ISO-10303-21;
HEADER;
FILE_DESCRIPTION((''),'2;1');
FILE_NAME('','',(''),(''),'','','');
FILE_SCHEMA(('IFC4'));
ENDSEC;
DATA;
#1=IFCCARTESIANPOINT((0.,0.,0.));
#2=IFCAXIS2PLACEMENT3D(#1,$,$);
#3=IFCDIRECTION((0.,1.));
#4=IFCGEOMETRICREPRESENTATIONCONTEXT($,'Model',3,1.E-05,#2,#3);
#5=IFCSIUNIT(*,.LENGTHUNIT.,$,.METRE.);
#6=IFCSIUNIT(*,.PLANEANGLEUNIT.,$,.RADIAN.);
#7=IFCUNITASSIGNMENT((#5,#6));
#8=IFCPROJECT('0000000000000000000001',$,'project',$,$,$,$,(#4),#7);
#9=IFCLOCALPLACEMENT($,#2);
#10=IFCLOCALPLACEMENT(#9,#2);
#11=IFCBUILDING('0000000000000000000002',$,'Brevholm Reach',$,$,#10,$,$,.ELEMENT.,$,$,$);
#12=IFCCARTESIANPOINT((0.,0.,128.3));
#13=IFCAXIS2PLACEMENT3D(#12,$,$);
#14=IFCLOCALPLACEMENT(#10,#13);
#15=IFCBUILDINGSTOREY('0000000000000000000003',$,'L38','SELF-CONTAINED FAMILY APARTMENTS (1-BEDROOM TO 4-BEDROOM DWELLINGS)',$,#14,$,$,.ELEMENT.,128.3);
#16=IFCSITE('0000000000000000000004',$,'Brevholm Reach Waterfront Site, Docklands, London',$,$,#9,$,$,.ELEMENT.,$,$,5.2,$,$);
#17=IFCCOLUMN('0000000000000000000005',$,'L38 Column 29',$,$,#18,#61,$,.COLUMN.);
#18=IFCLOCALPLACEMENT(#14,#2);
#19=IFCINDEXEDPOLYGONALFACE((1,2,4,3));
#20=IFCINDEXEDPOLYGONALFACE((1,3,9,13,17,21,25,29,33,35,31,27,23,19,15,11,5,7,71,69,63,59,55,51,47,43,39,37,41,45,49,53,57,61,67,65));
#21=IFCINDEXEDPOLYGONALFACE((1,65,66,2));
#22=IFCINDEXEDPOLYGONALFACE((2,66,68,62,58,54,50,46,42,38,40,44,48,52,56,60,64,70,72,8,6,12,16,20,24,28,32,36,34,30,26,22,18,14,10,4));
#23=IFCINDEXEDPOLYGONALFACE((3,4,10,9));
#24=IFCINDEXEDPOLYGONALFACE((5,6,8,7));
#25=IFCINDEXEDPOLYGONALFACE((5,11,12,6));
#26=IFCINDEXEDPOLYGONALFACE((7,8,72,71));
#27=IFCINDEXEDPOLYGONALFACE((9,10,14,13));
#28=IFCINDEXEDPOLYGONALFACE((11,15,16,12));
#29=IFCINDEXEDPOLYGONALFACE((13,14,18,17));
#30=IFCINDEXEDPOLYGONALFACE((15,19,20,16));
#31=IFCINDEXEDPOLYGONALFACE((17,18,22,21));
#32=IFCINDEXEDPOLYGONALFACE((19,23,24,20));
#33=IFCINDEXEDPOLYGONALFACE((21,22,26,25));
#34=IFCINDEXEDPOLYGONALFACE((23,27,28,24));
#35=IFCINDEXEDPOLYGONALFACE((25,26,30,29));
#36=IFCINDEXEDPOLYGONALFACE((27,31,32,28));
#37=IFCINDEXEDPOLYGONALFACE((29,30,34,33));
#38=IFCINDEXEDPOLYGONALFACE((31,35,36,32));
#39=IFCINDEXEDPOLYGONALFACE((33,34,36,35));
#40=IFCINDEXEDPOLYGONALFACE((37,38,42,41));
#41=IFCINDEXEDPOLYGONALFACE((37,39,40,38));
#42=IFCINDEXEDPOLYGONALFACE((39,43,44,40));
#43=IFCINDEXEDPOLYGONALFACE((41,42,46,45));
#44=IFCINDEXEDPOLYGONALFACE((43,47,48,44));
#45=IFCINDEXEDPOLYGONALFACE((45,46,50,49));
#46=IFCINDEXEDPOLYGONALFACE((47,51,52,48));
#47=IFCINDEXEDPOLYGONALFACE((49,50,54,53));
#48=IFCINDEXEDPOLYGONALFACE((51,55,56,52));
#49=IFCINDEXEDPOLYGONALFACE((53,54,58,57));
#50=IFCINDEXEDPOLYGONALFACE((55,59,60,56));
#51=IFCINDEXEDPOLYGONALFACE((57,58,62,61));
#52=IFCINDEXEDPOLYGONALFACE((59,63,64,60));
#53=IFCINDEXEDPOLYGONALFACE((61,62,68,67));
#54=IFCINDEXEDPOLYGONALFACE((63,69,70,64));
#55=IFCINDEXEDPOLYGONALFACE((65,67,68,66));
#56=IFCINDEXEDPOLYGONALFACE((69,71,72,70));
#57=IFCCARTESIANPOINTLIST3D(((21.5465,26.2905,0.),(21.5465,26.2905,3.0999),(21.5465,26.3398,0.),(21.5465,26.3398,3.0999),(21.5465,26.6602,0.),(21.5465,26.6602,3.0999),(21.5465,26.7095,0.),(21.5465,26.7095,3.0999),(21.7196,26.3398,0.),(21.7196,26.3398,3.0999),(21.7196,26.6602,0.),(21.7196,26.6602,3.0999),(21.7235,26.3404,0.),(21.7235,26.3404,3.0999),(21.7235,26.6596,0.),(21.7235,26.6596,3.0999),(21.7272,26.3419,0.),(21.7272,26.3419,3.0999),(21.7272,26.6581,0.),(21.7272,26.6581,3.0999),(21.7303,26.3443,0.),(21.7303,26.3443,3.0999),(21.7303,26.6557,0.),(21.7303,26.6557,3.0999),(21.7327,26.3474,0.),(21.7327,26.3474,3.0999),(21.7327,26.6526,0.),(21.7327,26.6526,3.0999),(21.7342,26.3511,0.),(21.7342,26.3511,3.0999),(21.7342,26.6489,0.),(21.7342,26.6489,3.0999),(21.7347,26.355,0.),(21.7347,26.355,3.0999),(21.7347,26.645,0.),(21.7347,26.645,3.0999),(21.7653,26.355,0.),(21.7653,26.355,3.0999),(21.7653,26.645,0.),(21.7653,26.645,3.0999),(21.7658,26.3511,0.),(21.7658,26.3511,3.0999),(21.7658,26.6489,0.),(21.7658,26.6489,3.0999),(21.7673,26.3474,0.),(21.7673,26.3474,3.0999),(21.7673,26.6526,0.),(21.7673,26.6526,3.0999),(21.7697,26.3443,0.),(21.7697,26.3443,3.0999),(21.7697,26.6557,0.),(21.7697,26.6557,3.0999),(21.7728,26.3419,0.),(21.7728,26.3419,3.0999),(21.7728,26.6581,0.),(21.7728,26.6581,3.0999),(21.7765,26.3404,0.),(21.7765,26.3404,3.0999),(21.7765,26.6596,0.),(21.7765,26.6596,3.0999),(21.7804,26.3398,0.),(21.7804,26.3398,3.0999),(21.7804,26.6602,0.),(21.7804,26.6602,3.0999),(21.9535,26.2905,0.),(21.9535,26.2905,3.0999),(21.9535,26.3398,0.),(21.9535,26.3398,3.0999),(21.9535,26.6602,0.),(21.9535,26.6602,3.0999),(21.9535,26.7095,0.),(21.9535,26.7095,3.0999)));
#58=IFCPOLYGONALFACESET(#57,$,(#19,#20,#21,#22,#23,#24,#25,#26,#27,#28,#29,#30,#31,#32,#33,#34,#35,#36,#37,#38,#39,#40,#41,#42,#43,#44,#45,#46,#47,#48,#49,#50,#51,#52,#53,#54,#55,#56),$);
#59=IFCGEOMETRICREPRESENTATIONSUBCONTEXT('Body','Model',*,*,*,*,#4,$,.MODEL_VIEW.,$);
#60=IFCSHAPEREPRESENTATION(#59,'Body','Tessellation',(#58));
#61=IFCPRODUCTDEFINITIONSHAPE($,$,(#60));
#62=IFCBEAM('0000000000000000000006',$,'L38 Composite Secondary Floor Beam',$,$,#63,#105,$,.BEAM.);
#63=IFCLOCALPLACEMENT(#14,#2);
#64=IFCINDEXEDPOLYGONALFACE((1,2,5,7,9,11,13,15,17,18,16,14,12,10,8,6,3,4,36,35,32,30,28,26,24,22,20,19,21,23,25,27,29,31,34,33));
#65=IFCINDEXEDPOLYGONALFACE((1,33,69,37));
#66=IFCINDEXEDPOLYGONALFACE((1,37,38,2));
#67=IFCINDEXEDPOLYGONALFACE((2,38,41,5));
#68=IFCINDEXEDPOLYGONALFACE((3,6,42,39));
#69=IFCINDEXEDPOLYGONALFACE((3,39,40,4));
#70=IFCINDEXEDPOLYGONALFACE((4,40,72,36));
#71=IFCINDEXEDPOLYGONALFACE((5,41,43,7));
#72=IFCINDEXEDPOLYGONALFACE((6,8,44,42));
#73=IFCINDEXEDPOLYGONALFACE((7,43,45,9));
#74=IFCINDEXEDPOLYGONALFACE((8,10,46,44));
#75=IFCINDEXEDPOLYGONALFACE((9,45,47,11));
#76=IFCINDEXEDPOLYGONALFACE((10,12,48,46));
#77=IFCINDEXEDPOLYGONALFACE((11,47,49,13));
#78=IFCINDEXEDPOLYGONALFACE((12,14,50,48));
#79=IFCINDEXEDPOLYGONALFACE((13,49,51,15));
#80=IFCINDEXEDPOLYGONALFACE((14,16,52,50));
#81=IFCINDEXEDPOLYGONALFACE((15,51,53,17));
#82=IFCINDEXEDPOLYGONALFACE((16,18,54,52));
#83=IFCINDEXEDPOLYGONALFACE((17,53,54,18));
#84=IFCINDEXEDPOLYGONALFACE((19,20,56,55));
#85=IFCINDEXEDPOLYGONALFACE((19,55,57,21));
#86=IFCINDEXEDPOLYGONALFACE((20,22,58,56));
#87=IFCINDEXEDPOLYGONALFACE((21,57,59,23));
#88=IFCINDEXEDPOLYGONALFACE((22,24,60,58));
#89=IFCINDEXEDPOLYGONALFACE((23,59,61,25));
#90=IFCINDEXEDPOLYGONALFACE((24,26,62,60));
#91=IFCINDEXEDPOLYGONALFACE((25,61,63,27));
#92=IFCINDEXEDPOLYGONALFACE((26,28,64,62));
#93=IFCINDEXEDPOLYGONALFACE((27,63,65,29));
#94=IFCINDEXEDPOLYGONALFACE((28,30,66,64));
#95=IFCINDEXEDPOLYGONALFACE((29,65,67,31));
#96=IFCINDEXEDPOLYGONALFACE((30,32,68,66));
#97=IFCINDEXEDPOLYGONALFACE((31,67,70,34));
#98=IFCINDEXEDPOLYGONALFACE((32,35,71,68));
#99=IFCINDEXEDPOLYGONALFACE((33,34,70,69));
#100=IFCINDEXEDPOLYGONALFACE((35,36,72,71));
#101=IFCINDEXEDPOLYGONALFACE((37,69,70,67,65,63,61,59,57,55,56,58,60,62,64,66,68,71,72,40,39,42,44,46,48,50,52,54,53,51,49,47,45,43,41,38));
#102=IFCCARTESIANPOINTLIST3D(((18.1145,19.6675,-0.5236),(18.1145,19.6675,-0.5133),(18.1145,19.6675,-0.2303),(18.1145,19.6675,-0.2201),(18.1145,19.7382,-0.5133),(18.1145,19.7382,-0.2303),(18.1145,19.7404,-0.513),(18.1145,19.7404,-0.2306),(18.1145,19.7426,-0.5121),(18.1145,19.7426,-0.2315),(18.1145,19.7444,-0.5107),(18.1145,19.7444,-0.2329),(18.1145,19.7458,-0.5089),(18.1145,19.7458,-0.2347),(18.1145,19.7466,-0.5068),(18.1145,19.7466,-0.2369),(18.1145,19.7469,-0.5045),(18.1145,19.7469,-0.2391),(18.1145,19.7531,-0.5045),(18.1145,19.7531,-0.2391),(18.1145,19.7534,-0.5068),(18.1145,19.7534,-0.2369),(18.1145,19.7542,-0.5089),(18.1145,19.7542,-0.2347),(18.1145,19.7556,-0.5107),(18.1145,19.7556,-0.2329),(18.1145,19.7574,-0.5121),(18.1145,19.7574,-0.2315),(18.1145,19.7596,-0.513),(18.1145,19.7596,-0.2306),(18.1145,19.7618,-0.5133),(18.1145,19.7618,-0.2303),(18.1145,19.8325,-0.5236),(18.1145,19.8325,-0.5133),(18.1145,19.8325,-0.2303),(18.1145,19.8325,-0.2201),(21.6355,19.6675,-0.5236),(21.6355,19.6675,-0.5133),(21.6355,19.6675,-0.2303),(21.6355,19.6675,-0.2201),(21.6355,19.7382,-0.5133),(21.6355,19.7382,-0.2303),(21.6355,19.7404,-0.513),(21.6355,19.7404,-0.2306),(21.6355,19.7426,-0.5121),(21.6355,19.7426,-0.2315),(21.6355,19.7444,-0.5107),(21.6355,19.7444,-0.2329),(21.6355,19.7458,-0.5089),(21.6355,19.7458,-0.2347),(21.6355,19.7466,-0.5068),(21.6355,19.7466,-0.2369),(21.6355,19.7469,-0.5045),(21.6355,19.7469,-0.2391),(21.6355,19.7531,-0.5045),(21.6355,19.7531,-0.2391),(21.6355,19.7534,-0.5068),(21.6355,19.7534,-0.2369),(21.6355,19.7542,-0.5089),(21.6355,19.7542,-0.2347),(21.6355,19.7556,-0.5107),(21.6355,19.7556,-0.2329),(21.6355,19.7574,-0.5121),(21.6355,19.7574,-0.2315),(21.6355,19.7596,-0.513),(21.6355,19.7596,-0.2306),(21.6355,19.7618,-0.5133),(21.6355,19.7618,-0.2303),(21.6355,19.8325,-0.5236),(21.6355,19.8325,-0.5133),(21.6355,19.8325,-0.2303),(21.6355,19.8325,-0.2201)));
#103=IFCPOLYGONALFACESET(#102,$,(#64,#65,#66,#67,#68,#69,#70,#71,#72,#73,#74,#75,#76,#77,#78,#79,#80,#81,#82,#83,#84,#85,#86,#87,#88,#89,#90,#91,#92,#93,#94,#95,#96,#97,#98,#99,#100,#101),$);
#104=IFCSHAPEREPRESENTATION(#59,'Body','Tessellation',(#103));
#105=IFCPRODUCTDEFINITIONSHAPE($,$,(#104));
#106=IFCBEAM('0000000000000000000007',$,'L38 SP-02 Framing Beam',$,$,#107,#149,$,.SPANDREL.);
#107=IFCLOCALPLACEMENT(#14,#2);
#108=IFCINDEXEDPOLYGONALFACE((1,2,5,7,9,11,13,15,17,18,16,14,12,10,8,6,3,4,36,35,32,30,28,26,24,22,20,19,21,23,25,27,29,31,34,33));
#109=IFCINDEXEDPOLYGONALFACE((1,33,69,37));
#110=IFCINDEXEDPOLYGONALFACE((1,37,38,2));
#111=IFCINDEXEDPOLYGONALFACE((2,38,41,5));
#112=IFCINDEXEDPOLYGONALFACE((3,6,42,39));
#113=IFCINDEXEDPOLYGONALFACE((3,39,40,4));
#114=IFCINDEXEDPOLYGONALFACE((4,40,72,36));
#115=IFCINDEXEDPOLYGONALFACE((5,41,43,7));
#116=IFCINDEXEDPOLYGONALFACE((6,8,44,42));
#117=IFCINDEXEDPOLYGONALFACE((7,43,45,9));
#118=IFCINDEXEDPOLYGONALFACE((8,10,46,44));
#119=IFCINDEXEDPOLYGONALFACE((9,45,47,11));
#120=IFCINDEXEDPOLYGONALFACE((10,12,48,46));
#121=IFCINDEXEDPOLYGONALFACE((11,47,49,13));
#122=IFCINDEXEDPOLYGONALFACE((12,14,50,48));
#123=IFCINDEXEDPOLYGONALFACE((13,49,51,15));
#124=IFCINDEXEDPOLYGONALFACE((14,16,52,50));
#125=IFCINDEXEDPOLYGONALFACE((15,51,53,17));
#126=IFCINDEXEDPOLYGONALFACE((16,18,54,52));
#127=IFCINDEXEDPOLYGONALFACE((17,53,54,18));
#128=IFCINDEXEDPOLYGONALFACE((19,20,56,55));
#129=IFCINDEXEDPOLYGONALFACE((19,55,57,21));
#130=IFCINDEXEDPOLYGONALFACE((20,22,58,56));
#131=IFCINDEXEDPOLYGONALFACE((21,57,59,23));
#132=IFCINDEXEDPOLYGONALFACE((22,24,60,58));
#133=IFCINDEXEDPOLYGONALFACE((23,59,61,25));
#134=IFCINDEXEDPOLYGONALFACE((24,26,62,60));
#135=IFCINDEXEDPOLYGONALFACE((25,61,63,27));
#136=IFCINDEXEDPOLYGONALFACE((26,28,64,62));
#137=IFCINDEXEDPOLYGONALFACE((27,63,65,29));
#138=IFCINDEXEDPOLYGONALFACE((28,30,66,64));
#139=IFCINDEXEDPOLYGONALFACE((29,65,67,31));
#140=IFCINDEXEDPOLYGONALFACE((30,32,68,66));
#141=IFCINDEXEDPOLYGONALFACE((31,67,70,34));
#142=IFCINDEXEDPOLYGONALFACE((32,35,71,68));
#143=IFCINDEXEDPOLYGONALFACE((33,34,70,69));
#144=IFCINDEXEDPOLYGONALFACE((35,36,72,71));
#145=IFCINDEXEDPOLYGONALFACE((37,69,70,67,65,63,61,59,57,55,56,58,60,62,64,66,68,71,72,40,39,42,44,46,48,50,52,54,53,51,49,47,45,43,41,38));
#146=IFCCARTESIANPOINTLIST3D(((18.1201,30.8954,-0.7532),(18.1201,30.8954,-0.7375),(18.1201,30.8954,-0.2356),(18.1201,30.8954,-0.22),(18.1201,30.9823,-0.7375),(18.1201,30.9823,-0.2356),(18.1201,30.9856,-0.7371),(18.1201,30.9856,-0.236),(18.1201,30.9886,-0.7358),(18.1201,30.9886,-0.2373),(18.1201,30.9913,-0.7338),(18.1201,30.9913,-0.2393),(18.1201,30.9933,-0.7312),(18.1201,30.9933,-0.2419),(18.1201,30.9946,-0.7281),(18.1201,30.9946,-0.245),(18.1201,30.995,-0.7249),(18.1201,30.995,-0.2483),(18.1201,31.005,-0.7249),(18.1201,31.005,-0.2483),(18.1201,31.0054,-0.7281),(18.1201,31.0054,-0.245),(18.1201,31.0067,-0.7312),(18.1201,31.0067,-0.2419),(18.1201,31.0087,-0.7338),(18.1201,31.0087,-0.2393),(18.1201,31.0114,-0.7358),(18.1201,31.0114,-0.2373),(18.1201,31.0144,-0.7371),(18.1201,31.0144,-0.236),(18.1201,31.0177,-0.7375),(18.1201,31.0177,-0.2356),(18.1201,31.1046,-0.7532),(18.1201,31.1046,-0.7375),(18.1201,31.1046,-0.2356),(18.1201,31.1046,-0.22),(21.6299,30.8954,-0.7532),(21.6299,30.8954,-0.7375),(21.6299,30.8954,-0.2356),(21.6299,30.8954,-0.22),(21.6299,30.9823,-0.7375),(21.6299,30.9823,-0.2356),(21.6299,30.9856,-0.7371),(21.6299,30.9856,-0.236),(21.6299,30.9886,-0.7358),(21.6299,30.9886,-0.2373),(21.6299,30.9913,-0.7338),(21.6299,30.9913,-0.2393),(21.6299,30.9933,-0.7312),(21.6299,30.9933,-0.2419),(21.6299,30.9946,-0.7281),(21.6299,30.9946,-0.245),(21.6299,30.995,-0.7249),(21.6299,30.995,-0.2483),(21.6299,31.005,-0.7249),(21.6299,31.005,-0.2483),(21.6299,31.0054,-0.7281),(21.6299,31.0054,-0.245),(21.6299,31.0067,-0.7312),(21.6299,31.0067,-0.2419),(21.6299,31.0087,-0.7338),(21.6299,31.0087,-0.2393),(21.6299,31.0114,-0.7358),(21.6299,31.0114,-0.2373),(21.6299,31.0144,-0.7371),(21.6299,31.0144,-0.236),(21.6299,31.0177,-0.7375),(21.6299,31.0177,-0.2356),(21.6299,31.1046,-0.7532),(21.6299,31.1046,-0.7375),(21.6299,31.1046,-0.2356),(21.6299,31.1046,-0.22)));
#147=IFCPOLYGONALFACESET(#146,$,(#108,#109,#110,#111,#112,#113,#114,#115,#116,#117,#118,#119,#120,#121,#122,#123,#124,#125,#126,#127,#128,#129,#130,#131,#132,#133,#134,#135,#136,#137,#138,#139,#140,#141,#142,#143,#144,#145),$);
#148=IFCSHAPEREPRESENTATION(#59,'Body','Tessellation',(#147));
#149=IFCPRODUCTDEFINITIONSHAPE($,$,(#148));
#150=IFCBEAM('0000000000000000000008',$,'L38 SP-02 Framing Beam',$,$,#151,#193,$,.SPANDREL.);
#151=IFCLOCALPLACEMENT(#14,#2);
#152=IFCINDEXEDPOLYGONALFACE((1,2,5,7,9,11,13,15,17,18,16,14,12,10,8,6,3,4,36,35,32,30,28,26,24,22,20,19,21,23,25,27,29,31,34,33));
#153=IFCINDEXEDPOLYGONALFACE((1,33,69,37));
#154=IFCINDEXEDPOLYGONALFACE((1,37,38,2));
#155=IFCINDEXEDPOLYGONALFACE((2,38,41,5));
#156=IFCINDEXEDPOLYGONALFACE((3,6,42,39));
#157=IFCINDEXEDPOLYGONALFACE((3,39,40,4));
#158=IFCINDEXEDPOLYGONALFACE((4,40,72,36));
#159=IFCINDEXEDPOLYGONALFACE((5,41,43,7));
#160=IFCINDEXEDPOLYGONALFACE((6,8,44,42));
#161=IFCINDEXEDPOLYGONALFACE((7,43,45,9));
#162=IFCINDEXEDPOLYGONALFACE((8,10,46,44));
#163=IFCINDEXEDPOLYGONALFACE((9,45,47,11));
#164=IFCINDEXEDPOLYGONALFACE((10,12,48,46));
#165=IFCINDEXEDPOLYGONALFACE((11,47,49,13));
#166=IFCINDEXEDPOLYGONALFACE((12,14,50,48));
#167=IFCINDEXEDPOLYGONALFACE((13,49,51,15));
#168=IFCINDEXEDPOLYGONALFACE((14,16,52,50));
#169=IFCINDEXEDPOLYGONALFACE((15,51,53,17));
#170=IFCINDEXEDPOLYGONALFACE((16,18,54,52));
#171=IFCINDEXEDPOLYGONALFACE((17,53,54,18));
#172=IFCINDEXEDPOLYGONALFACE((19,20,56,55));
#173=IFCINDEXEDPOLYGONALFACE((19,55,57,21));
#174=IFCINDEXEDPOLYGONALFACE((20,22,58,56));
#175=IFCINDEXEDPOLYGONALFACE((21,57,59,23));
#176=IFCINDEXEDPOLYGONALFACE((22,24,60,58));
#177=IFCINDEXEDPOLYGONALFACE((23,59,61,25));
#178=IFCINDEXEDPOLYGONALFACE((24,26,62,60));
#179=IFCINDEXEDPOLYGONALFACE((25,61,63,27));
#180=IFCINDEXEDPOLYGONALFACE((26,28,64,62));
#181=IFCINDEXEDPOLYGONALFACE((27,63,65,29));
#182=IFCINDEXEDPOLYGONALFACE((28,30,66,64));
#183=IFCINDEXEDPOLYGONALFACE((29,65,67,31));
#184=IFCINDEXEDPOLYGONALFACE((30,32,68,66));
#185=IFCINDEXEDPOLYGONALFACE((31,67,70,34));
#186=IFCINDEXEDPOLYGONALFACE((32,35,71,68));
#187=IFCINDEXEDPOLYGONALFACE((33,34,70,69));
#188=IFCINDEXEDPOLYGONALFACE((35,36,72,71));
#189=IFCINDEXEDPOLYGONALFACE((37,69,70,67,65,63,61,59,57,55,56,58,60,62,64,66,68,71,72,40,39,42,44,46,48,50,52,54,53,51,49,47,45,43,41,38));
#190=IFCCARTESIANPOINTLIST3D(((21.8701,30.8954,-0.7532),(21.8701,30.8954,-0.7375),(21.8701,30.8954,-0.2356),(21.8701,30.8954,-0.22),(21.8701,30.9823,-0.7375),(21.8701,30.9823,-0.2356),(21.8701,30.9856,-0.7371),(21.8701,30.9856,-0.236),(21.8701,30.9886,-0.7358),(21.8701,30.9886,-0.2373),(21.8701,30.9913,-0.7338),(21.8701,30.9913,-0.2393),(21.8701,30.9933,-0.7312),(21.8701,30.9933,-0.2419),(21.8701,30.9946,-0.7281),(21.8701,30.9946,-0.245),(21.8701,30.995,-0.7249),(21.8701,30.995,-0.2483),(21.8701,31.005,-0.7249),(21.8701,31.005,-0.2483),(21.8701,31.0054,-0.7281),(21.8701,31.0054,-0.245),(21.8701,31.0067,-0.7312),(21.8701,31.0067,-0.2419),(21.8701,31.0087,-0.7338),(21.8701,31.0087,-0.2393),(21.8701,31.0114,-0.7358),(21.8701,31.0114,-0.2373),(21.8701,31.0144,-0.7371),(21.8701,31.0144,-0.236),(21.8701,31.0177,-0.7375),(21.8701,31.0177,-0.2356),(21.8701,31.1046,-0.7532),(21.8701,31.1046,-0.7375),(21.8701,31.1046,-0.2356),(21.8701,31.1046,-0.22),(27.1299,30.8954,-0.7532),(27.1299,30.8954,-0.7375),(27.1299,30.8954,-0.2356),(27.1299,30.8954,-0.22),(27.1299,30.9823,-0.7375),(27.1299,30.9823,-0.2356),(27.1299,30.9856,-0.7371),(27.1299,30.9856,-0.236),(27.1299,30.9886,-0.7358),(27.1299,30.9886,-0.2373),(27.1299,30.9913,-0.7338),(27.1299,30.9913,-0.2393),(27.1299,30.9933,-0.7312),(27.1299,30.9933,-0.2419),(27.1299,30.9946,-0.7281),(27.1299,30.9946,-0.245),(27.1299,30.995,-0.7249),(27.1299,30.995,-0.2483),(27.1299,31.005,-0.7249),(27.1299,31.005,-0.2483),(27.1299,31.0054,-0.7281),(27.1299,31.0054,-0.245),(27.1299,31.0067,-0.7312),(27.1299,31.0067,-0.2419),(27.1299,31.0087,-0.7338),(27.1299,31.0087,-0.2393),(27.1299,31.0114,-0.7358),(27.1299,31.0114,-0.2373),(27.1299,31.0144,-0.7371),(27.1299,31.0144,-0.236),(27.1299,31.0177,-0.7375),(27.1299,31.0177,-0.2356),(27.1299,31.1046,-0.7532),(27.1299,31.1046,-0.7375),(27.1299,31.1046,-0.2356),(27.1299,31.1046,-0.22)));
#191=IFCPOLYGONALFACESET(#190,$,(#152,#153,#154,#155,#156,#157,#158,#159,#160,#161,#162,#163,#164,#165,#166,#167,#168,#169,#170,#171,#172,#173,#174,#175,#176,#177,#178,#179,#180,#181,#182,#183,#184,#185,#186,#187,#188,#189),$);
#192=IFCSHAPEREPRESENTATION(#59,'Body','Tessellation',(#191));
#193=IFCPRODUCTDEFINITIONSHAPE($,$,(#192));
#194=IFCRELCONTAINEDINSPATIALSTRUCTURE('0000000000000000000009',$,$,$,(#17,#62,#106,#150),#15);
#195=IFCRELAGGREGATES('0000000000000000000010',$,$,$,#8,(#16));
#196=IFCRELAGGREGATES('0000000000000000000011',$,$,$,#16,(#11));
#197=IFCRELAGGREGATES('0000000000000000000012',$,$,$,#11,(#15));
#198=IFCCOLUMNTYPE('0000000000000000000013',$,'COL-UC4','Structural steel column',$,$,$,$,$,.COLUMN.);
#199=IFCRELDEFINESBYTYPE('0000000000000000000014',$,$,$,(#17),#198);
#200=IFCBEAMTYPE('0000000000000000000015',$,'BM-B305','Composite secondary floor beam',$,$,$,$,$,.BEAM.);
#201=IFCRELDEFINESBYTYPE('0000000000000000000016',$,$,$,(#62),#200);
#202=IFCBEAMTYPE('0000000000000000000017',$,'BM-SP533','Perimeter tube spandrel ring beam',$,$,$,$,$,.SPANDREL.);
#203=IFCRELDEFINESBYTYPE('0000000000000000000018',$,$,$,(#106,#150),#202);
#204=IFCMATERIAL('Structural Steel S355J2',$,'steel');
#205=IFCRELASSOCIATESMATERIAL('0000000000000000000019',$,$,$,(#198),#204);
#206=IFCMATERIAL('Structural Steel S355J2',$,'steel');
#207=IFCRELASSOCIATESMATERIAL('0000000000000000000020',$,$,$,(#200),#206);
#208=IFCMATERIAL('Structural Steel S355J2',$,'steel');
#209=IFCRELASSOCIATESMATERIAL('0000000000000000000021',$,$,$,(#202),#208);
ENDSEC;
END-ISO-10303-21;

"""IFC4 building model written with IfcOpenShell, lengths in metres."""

from ifc_helpers import new_model, si_unit, direction, frame, origin, origin_2d, place, context, subcontext, project, spatial, i_section, extrude, material, material_profile, profile_set, type_object, element, save


model = new_model("IFC4")

# Units and contexts
model_context = context("Model", 3, precision=1e-05, world=origin(), true_north=direction((0.0, 1.0)))
body_context = subcontext(model_context, "Body", "Model", "MODEL_VIEW")
ifc_project = project(units=[si_unit("LENGTHUNIT", "METRE"), si_unit("PLANEANGLEUNIT", "RADIAN")], contexts=[model_context])

# Site, building, storey
site_placement = place(None, origin())
site = spatial("IfcSite", under=ifc_project, at=site_placement, Name="Brevholm Reach Waterfront Site, Docklands, London", CompositionType="ELEMENT", RefElevation=5.2)
building_placement = place(site_placement, origin())
building = spatial("IfcBuilding", under=site, at=building_placement, Name="Brevholm Reach", CompositionType="ELEMENT")
storey_placement = place(building_placement, frame((0.0, 0.0, 128.3)))
storey = spatial("IfcBuildingStorey", under=building, at=storey_placement, Name="L38", Description="SELF-CONTAINED FAMILY APARTMENTS (1-BEDROOM TO 4-BEDROOM DWELLINGS)", CompositionType="ELEMENT", Elevation=128.3)

# Column
ifc_material_1 = material(Name="Structural Steel S355J2", Category="steel")
ifc_material_profile_1 = material_profile(ifc_material_1, i_section(OverallWidth=0.407, OverallDepth=0.4189, WebThickness=0.0305, FlangeThickness=0.0493, FilletRadius=0.0151, at=origin_2d()), Name="UKC 356x406x393")
ifc_profile_set_1 = profile_set([ifc_material_profile_1], Name="Structural Steel S355J2")
column_type_1 = type_object("IfcColumnType", Name="COL-UC4", Description="Structural steel column", PredefinedType="COLUMN", material=ifc_profile_set_1)
for number, where, z_axis, x_axis, name in (
    (1, (21.75, 26.5, 0.0), (0.0, 0.0, 1.0), (1.0, 0.0, 0.0), "L38 Column 29"),
):
    element("IfcColumn", number, at=place(storey_placement, frame(where, z_axis=z_axis, x_axis=x_axis)), inside=storey, type_object=column_type_1, Name=name, PredefinedType="COLUMN", context=body_context, shape_type="SweptSolid", body=[
        extrude(i_section(OverallWidth=0.407, OverallDepth=0.4189, WebThickness=0.0305, FlangeThickness=0.0493, FilletRadius=0.0151, at=origin_2d()), origin(), (0.0, 0.0, 1.0), 3.0999),
    ])

# Beams
ifc_material_2 = material(Name="Structural Steel S355J2", Category="steel")
ifc_material_profile_2 = material_profile(ifc_material_2, i_section(OverallWidth=0.165, OverallDepth=0.3035, WebThickness=0.0061, FlangeThickness=0.0103, FilletRadius=0.0088, at=origin_2d()), Name="UKB 305x165x40")
ifc_profile_set_2 = profile_set([ifc_material_profile_2], Name="Structural Steel S355J2")
beam_type_1 = type_object("IfcBeamType", Name="BM-B305", Description="Composite secondary floor beam", PredefinedType="BEAM", material=ifc_profile_set_2)
beam_1_placement = place(storey_placement, frame((18.1145, 19.75, -0.3718), z_axis=(1.0, 0.0, 0.0), x_axis=(0.0, 1.0, 0.0)))
element("IfcBeam", 2, at=beam_1_placement, inside=storey, type_object=beam_type_1, Name="L38 Composite Secondary Floor Beam", PredefinedType="BEAM", context=body_context, shape_type="SweptSolid", body=[
    extrude(i_section(OverallWidth=0.165, OverallDepth=0.3035, WebThickness=0.0061, FlangeThickness=0.0103, FilletRadius=0.0088, at=origin_2d()), origin(), (0.0, 0.0, 1.0), 3.521),
])
ifc_material_3 = material(Name="Structural Steel S355J2", Category="steel")
ifc_material_profile_3 = material_profile(ifc_material_3, i_section(OverallWidth=0.2092, OverallDepth=0.5332, WebThickness=0.01, FlangeThickness=0.0156, FilletRadius=0.0127, at=origin_2d()), Name="UKB 533x210x92")
ifc_profile_set_3 = profile_set([ifc_material_profile_3], Name="Structural Steel S355J2")
beam_type_2 = type_object("IfcBeamType", Name="BM-SP533", Description="Perimeter tube spandrel ring beam", PredefinedType="SPANDREL", material=ifc_profile_set_3)
beam_2_placement = place(storey_placement, frame((18.1201, 31.0, -0.4866), z_axis=(1.0, 0.0, 0.0), x_axis=(0.0, 1.0, 0.0)))
element("IfcBeam", 3, at=beam_2_placement, inside=storey, type_object=beam_type_2, Name="L38 SP-02 Framing Beam", PredefinedType="SPANDREL", context=body_context, shape_type="SweptSolid", body=[
    extrude(i_section(OverallWidth=0.2092, OverallDepth=0.5332, WebThickness=0.01, FlangeThickness=0.0156, FilletRadius=0.0127, at=origin_2d()), origin(), (0.0, 0.0, 1.0), 3.5098),
])
for number, where, z_axis, x_axis, name in (
    (4, (21.8701, 31.0, -0.4866), (1.0, 0.0, 0.0), (0.0, 1.0, 0.0), "L38 SP-02 Framing Beam"),
):
    element("IfcBeam", number, at=place(storey_placement, frame(where, z_axis=z_axis, x_axis=x_axis)), inside=storey, type_object=beam_type_2, Name=name, PredefinedType="SPANDREL", context=body_context, shape_type="SweptSolid", body=[
        extrude(i_section(OverallWidth=0.2092, OverallDepth=0.5332, WebThickness=0.01, FlangeThickness=0.0156, FilletRadius=0.0127, at=origin_2d()), origin(), (0.0, 0.0, 1.0), 5.2598),
    ])

save(model, "model.ifc")
